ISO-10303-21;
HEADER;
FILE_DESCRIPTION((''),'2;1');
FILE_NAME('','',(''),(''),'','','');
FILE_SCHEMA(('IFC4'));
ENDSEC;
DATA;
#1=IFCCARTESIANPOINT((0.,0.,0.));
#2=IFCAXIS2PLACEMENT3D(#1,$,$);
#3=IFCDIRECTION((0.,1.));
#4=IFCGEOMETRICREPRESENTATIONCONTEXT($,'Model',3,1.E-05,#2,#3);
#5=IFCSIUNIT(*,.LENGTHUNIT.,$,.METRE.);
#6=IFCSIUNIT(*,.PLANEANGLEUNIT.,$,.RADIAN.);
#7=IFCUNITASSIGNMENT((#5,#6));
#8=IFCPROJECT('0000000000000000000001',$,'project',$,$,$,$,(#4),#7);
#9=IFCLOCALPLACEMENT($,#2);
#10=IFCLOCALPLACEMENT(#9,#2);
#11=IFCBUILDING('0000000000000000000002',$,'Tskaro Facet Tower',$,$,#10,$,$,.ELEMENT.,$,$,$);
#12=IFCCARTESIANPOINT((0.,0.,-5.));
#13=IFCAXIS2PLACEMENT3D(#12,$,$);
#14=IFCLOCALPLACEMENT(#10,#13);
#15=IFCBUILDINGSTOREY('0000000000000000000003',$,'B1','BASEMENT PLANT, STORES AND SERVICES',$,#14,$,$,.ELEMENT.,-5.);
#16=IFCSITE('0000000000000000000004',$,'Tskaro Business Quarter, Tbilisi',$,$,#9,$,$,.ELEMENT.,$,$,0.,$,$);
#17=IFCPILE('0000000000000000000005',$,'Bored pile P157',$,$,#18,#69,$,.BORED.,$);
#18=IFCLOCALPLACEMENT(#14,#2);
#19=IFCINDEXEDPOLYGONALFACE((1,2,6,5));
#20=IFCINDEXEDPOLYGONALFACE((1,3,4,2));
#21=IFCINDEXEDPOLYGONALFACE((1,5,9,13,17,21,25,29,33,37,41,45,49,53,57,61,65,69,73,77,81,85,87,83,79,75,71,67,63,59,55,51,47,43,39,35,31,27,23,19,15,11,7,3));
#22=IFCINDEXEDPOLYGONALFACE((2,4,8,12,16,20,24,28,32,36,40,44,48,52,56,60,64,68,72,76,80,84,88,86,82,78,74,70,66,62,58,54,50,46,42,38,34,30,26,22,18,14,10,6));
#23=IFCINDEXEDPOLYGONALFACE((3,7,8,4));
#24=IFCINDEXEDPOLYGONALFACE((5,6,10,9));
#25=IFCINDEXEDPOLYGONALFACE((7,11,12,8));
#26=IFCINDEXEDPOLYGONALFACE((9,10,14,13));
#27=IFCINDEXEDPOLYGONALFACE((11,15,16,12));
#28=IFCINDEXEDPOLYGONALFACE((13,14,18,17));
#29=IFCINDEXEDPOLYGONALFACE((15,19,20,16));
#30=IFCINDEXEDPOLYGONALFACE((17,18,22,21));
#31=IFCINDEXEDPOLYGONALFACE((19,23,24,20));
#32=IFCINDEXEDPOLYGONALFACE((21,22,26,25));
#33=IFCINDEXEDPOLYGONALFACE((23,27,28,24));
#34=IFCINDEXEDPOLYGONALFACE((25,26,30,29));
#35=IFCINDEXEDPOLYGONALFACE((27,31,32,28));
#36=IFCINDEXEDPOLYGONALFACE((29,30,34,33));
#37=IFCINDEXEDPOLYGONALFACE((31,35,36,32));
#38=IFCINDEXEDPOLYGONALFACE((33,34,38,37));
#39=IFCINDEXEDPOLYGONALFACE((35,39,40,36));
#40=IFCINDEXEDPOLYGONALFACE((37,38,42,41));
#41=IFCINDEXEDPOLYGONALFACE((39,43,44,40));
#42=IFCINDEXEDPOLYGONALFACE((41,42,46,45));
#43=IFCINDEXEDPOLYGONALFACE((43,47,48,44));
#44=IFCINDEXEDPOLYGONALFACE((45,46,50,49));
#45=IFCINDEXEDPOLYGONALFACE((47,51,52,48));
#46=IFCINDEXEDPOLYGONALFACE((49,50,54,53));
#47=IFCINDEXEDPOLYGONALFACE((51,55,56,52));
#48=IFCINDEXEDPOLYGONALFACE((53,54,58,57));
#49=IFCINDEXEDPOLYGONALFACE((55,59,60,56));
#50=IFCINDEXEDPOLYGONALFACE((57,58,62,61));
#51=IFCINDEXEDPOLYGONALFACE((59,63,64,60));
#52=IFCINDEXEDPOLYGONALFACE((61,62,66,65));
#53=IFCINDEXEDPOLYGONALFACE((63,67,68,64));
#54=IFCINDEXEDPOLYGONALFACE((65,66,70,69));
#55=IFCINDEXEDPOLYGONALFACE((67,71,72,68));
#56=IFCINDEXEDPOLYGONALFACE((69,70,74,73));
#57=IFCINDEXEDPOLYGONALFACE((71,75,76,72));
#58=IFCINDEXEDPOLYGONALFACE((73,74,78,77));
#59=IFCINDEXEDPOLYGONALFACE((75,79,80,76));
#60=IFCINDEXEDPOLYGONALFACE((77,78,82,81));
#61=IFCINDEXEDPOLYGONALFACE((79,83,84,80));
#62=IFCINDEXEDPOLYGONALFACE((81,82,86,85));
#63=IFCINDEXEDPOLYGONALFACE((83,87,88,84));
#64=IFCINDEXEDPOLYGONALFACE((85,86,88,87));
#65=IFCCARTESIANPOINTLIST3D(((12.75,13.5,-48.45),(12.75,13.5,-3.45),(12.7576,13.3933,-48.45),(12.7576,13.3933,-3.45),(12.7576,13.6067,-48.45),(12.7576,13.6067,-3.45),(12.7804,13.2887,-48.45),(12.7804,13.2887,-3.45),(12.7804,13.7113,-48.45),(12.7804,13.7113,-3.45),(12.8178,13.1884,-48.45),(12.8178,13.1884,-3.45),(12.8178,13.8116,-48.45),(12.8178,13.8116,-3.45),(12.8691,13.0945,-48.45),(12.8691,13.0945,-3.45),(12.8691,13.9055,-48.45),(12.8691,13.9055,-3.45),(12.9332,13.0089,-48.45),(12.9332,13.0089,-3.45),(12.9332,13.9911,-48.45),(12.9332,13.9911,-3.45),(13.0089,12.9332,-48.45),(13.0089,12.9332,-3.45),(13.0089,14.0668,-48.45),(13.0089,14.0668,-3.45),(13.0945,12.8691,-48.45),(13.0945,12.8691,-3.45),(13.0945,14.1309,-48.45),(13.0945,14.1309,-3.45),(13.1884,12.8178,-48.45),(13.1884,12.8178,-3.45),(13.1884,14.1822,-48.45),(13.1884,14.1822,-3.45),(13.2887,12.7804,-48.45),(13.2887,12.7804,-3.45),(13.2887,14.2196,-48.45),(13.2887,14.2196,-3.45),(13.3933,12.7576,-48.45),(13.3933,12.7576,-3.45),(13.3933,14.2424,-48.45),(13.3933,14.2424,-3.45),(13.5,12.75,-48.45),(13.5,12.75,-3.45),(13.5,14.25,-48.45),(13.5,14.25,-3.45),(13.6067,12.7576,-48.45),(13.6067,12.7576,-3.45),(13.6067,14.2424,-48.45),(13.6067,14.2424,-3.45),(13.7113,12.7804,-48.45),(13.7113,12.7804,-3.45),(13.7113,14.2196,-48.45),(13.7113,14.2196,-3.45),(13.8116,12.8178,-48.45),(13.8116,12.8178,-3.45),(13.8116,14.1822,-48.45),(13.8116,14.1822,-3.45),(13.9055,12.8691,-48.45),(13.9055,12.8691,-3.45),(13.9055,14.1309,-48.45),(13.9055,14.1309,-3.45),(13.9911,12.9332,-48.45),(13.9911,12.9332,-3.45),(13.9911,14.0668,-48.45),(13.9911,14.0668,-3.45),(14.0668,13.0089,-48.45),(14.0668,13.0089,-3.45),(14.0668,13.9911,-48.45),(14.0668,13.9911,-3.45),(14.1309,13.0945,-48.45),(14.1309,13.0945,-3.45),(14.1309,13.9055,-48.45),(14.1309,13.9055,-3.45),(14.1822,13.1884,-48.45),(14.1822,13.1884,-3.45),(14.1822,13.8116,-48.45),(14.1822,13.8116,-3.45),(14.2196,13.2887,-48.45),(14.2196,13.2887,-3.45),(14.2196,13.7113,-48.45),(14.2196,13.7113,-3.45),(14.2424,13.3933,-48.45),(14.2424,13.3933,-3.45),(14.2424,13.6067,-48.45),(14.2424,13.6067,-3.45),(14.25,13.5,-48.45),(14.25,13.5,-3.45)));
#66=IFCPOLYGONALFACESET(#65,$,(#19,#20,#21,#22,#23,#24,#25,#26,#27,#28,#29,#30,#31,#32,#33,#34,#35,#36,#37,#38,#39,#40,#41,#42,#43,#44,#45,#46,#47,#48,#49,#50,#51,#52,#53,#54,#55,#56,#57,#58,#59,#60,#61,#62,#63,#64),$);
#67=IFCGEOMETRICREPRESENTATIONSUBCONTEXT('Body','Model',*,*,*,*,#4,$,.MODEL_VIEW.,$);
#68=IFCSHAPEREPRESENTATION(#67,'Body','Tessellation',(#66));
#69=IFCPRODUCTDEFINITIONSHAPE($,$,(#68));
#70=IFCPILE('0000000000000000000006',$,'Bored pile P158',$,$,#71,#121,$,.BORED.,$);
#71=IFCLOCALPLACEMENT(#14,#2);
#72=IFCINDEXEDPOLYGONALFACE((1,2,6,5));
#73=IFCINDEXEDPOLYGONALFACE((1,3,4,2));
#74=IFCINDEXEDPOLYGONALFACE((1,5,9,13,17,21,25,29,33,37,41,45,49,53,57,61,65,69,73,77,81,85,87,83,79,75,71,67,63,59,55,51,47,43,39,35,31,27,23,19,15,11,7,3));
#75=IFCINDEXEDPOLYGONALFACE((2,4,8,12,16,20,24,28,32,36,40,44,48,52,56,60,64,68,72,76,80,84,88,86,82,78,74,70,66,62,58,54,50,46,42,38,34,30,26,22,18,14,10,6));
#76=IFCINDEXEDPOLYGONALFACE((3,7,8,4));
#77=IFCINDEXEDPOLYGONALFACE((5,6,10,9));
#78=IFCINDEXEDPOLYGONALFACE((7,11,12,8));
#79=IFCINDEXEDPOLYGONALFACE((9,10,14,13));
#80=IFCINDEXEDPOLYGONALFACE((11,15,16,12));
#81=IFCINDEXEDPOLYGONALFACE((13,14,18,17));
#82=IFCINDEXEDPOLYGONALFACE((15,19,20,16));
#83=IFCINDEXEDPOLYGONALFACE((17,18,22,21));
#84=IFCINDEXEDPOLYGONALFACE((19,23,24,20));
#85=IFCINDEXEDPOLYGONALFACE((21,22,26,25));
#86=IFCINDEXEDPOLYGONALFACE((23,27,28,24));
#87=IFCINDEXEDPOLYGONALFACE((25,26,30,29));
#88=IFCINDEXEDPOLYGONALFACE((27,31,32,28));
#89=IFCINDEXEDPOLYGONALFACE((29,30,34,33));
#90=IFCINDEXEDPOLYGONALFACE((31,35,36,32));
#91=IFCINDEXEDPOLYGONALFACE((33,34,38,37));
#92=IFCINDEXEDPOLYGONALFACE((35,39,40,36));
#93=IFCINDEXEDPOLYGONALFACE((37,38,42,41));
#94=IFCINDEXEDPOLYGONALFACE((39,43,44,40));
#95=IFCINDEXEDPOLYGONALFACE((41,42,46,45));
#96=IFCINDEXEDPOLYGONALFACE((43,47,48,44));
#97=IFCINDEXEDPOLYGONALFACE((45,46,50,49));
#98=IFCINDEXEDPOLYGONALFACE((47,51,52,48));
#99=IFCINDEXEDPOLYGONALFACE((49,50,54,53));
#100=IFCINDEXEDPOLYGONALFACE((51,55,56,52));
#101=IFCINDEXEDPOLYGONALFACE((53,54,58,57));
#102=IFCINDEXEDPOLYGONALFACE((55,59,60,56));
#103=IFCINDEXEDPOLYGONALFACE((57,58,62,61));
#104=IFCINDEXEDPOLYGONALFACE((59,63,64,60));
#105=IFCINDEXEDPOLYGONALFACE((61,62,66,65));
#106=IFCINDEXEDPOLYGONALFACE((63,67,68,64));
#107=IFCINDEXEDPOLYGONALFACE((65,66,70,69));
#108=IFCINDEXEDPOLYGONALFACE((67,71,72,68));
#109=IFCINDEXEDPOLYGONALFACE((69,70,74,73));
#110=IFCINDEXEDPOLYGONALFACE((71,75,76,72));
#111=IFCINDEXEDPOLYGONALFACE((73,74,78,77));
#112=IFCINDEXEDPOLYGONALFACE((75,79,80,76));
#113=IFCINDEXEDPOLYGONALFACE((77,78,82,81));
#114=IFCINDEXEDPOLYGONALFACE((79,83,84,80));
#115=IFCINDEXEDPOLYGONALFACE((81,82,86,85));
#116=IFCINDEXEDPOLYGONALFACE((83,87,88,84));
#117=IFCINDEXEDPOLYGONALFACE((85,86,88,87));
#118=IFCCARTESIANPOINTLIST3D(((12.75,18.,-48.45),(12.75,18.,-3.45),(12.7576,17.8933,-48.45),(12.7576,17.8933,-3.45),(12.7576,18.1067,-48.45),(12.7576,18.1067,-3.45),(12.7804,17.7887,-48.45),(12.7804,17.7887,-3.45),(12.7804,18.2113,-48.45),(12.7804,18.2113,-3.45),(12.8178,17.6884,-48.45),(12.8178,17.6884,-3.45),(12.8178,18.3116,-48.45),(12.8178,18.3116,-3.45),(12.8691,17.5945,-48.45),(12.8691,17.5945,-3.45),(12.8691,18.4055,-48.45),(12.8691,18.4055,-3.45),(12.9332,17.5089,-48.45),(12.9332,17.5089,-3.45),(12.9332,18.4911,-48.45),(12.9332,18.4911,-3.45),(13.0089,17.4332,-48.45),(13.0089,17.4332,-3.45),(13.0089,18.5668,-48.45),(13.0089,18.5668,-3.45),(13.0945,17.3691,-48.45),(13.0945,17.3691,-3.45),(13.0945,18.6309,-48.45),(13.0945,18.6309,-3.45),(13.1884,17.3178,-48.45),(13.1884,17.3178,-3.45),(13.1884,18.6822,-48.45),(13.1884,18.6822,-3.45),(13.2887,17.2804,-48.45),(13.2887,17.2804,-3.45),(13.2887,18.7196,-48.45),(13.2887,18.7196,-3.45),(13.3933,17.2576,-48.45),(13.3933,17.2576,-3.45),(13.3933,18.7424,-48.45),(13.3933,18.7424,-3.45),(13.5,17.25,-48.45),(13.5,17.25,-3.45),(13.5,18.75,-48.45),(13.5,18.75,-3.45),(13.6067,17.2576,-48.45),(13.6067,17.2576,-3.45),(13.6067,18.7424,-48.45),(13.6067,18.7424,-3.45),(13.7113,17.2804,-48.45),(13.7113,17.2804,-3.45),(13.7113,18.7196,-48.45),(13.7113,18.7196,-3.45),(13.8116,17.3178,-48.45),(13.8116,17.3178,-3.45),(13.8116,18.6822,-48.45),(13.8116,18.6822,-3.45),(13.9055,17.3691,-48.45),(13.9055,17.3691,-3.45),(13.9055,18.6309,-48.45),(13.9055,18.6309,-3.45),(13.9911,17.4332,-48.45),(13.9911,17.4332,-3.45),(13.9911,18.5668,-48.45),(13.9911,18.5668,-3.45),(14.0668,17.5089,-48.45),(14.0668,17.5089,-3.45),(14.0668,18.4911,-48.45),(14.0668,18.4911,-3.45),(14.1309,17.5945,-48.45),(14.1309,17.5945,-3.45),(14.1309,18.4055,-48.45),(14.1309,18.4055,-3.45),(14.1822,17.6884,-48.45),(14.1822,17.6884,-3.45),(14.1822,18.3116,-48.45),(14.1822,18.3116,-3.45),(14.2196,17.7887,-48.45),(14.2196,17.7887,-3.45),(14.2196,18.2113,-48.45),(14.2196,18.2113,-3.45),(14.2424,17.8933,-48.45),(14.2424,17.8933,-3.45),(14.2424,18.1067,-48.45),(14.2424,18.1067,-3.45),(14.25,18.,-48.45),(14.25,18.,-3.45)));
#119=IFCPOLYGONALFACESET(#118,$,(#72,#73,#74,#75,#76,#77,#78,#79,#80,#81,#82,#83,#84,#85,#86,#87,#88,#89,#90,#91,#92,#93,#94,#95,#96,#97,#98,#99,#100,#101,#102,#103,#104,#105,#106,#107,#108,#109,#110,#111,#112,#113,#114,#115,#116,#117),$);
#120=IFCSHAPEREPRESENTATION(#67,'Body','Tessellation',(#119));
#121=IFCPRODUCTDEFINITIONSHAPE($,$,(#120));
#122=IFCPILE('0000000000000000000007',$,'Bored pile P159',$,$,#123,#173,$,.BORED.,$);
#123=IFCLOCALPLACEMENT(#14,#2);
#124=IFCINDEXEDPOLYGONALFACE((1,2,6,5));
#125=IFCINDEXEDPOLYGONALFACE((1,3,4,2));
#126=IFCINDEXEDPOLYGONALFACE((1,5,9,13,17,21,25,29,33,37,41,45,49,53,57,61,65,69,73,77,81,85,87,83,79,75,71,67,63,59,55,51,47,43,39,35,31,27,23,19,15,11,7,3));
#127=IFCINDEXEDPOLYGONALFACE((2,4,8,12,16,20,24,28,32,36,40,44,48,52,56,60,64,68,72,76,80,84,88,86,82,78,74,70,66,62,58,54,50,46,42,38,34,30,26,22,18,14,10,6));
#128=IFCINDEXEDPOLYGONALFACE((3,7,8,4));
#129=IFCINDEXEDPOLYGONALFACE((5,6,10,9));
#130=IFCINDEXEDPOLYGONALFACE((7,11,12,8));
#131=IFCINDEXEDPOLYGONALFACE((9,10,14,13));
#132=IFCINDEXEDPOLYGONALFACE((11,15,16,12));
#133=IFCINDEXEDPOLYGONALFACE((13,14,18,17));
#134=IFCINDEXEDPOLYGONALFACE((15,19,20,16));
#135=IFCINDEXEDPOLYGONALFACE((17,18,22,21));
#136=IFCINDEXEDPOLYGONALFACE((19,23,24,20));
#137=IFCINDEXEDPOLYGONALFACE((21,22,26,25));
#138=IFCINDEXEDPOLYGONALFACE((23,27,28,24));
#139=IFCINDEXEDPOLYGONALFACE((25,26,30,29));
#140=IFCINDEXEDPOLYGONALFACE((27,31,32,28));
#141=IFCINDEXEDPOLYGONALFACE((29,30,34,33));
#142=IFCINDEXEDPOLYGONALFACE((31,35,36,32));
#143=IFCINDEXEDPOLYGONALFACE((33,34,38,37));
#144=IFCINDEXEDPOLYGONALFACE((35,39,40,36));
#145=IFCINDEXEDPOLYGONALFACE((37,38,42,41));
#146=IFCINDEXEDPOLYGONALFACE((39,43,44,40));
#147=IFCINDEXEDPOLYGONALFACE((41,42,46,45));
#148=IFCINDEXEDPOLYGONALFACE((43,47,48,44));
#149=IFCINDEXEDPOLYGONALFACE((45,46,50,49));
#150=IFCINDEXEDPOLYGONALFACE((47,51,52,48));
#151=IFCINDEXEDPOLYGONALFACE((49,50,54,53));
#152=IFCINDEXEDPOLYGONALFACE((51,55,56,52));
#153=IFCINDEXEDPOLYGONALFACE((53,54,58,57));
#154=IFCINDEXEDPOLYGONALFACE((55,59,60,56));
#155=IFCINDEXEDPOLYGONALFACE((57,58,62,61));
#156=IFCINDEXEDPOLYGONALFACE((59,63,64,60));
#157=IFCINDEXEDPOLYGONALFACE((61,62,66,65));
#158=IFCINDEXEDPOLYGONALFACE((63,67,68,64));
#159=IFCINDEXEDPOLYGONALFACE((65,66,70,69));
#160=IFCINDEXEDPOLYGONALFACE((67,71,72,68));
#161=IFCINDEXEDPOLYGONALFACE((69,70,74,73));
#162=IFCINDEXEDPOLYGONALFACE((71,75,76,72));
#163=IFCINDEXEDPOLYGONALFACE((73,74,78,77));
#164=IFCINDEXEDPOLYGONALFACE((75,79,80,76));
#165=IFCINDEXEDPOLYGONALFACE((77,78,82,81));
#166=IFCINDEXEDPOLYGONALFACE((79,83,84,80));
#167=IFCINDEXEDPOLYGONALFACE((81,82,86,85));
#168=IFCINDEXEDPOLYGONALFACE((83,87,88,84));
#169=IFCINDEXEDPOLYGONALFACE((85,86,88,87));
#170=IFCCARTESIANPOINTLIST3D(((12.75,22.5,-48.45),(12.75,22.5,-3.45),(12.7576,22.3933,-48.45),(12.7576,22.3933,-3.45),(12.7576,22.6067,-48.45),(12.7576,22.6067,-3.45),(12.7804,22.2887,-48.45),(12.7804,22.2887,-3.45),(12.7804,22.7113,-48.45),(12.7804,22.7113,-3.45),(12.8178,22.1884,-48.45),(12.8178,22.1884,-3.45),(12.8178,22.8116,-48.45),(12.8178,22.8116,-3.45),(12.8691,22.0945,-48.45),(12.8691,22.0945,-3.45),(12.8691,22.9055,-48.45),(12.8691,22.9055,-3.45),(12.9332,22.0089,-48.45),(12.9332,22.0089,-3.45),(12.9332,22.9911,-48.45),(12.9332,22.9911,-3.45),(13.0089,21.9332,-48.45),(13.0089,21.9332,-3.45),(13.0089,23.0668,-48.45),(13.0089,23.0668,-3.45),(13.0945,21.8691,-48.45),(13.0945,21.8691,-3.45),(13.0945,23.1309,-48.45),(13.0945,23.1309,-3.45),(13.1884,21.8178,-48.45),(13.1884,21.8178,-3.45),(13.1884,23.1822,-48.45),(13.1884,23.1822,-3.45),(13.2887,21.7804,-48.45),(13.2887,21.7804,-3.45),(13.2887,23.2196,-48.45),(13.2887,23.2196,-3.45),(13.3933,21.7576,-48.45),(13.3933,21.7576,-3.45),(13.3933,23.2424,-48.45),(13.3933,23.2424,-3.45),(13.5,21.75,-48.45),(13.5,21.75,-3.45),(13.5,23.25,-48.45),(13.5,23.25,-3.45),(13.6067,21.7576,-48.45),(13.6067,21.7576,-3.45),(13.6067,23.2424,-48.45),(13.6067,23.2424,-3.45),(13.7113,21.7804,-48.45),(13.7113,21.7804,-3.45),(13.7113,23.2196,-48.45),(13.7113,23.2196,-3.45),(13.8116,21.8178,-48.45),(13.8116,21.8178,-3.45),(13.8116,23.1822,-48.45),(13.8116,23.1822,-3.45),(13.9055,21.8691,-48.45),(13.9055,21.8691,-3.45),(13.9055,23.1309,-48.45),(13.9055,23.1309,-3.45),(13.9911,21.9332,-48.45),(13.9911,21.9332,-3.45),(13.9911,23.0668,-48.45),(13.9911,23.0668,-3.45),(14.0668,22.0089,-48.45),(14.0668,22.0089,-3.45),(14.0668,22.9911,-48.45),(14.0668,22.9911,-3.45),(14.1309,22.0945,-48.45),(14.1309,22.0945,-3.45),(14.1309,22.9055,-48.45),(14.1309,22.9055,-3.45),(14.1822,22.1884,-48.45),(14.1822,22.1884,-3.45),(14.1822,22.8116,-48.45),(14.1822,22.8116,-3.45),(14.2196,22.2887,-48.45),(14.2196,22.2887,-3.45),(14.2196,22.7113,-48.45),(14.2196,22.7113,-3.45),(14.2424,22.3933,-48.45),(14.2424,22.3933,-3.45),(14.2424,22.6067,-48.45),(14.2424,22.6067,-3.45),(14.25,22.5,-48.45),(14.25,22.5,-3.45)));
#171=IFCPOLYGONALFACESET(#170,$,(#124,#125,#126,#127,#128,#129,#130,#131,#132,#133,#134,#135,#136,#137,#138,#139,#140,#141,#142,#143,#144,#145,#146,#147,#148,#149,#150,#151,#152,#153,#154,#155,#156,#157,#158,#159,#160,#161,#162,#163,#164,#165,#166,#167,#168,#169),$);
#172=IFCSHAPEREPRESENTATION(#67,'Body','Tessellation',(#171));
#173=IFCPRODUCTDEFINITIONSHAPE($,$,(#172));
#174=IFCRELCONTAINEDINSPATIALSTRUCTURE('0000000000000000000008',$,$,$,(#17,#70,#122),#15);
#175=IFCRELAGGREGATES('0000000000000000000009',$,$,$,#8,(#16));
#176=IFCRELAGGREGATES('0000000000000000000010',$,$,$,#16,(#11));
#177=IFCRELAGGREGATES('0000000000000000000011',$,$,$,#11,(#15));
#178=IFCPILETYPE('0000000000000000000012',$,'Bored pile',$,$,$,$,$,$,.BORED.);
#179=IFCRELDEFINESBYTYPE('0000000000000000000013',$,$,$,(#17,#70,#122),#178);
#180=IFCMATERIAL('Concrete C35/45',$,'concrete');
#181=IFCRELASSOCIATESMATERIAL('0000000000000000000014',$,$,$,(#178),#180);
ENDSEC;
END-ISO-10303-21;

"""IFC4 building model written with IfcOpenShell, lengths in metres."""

from ifc_helpers import new_model, si_unit, direction, frame, origin, origin_2d, place, context, subcontext, project, spatial, circle, extrude, material, material_profile, profile_set, type_object, element, save


model = new_model("IFC4")

# Units and contexts
model_context = context("Model", 3, precision=1e-05, world=origin(), true_north=direction((0.0, 1.0)))
body_context = subcontext(model_context, "Body", "Model", "MODEL_VIEW")
ifc_project = project(units=[si_unit("LENGTHUNIT", "METRE"), si_unit("PLANEANGLEUNIT", "RADIAN")], contexts=[model_context])

# Site, building, storey
site_placement = place(None, origin())
site = spatial("IfcSite", under=ifc_project, at=site_placement, Name="Tskaro Business Quarter, Tbilisi", CompositionType="ELEMENT", RefElevation=0.0)
building_placement = place(site_placement, origin())
building = spatial("IfcBuilding", under=site, at=building_placement, Name="Tskaro Facet Tower", CompositionType="ELEMENT")
storey_placement = place(building_placement, frame((0.0, 0.0, -5.0)))
storey = spatial("IfcBuildingStorey", under=building, at=storey_placement, Name="B1", Description="BASEMENT PLANT, STORES AND SERVICES", CompositionType="ELEMENT", Elevation=-5.0)

# Piles
ifc_material_1 = material(Name="Concrete C35/45", Category="concrete")
ifc_material_profile_1 = material_profile(ifc_material_1, circle(Radius=0.75, at=origin_2d()), Name="Bored pile")
ifc_profile_set_1 = profile_set([ifc_material_profile_1], Name="Concrete C35/45")
pile_type = type_object("IfcPileType", Name="Bored pile", PredefinedType="BORED", material=ifc_profile_set_1)
for number, where, z_axis, x_axis, name in (
    (1, (13.5, 13.5, -3.45), (0.0, 0.0, -1.0), (1.0, 0.0, 0.0), "Bored pile P157"),
    (2, (13.5, 18.0, -3.45), (0.0, 0.0, -1.0), (1.0, 0.0, 0.0), "Bored pile P158"),
    (3, (13.5, 22.5, -3.45), (0.0, 0.0, -1.0), (1.0, 0.0, 0.0), "Bored pile P159"),
):
    element("IfcPile", number, at=place(storey_placement, frame(where, z_axis=z_axis, x_axis=x_axis)), inside=storey, type_object=pile_type, Name=name, PredefinedType="BORED", context=body_context, shape_type="SweptSolid", body=[
        extrude(circle(Radius=0.75, at=origin_2d()), origin(), (0.0, 0.0, 1.0), 45.0),
    ])

save(model, "model.ifc")
